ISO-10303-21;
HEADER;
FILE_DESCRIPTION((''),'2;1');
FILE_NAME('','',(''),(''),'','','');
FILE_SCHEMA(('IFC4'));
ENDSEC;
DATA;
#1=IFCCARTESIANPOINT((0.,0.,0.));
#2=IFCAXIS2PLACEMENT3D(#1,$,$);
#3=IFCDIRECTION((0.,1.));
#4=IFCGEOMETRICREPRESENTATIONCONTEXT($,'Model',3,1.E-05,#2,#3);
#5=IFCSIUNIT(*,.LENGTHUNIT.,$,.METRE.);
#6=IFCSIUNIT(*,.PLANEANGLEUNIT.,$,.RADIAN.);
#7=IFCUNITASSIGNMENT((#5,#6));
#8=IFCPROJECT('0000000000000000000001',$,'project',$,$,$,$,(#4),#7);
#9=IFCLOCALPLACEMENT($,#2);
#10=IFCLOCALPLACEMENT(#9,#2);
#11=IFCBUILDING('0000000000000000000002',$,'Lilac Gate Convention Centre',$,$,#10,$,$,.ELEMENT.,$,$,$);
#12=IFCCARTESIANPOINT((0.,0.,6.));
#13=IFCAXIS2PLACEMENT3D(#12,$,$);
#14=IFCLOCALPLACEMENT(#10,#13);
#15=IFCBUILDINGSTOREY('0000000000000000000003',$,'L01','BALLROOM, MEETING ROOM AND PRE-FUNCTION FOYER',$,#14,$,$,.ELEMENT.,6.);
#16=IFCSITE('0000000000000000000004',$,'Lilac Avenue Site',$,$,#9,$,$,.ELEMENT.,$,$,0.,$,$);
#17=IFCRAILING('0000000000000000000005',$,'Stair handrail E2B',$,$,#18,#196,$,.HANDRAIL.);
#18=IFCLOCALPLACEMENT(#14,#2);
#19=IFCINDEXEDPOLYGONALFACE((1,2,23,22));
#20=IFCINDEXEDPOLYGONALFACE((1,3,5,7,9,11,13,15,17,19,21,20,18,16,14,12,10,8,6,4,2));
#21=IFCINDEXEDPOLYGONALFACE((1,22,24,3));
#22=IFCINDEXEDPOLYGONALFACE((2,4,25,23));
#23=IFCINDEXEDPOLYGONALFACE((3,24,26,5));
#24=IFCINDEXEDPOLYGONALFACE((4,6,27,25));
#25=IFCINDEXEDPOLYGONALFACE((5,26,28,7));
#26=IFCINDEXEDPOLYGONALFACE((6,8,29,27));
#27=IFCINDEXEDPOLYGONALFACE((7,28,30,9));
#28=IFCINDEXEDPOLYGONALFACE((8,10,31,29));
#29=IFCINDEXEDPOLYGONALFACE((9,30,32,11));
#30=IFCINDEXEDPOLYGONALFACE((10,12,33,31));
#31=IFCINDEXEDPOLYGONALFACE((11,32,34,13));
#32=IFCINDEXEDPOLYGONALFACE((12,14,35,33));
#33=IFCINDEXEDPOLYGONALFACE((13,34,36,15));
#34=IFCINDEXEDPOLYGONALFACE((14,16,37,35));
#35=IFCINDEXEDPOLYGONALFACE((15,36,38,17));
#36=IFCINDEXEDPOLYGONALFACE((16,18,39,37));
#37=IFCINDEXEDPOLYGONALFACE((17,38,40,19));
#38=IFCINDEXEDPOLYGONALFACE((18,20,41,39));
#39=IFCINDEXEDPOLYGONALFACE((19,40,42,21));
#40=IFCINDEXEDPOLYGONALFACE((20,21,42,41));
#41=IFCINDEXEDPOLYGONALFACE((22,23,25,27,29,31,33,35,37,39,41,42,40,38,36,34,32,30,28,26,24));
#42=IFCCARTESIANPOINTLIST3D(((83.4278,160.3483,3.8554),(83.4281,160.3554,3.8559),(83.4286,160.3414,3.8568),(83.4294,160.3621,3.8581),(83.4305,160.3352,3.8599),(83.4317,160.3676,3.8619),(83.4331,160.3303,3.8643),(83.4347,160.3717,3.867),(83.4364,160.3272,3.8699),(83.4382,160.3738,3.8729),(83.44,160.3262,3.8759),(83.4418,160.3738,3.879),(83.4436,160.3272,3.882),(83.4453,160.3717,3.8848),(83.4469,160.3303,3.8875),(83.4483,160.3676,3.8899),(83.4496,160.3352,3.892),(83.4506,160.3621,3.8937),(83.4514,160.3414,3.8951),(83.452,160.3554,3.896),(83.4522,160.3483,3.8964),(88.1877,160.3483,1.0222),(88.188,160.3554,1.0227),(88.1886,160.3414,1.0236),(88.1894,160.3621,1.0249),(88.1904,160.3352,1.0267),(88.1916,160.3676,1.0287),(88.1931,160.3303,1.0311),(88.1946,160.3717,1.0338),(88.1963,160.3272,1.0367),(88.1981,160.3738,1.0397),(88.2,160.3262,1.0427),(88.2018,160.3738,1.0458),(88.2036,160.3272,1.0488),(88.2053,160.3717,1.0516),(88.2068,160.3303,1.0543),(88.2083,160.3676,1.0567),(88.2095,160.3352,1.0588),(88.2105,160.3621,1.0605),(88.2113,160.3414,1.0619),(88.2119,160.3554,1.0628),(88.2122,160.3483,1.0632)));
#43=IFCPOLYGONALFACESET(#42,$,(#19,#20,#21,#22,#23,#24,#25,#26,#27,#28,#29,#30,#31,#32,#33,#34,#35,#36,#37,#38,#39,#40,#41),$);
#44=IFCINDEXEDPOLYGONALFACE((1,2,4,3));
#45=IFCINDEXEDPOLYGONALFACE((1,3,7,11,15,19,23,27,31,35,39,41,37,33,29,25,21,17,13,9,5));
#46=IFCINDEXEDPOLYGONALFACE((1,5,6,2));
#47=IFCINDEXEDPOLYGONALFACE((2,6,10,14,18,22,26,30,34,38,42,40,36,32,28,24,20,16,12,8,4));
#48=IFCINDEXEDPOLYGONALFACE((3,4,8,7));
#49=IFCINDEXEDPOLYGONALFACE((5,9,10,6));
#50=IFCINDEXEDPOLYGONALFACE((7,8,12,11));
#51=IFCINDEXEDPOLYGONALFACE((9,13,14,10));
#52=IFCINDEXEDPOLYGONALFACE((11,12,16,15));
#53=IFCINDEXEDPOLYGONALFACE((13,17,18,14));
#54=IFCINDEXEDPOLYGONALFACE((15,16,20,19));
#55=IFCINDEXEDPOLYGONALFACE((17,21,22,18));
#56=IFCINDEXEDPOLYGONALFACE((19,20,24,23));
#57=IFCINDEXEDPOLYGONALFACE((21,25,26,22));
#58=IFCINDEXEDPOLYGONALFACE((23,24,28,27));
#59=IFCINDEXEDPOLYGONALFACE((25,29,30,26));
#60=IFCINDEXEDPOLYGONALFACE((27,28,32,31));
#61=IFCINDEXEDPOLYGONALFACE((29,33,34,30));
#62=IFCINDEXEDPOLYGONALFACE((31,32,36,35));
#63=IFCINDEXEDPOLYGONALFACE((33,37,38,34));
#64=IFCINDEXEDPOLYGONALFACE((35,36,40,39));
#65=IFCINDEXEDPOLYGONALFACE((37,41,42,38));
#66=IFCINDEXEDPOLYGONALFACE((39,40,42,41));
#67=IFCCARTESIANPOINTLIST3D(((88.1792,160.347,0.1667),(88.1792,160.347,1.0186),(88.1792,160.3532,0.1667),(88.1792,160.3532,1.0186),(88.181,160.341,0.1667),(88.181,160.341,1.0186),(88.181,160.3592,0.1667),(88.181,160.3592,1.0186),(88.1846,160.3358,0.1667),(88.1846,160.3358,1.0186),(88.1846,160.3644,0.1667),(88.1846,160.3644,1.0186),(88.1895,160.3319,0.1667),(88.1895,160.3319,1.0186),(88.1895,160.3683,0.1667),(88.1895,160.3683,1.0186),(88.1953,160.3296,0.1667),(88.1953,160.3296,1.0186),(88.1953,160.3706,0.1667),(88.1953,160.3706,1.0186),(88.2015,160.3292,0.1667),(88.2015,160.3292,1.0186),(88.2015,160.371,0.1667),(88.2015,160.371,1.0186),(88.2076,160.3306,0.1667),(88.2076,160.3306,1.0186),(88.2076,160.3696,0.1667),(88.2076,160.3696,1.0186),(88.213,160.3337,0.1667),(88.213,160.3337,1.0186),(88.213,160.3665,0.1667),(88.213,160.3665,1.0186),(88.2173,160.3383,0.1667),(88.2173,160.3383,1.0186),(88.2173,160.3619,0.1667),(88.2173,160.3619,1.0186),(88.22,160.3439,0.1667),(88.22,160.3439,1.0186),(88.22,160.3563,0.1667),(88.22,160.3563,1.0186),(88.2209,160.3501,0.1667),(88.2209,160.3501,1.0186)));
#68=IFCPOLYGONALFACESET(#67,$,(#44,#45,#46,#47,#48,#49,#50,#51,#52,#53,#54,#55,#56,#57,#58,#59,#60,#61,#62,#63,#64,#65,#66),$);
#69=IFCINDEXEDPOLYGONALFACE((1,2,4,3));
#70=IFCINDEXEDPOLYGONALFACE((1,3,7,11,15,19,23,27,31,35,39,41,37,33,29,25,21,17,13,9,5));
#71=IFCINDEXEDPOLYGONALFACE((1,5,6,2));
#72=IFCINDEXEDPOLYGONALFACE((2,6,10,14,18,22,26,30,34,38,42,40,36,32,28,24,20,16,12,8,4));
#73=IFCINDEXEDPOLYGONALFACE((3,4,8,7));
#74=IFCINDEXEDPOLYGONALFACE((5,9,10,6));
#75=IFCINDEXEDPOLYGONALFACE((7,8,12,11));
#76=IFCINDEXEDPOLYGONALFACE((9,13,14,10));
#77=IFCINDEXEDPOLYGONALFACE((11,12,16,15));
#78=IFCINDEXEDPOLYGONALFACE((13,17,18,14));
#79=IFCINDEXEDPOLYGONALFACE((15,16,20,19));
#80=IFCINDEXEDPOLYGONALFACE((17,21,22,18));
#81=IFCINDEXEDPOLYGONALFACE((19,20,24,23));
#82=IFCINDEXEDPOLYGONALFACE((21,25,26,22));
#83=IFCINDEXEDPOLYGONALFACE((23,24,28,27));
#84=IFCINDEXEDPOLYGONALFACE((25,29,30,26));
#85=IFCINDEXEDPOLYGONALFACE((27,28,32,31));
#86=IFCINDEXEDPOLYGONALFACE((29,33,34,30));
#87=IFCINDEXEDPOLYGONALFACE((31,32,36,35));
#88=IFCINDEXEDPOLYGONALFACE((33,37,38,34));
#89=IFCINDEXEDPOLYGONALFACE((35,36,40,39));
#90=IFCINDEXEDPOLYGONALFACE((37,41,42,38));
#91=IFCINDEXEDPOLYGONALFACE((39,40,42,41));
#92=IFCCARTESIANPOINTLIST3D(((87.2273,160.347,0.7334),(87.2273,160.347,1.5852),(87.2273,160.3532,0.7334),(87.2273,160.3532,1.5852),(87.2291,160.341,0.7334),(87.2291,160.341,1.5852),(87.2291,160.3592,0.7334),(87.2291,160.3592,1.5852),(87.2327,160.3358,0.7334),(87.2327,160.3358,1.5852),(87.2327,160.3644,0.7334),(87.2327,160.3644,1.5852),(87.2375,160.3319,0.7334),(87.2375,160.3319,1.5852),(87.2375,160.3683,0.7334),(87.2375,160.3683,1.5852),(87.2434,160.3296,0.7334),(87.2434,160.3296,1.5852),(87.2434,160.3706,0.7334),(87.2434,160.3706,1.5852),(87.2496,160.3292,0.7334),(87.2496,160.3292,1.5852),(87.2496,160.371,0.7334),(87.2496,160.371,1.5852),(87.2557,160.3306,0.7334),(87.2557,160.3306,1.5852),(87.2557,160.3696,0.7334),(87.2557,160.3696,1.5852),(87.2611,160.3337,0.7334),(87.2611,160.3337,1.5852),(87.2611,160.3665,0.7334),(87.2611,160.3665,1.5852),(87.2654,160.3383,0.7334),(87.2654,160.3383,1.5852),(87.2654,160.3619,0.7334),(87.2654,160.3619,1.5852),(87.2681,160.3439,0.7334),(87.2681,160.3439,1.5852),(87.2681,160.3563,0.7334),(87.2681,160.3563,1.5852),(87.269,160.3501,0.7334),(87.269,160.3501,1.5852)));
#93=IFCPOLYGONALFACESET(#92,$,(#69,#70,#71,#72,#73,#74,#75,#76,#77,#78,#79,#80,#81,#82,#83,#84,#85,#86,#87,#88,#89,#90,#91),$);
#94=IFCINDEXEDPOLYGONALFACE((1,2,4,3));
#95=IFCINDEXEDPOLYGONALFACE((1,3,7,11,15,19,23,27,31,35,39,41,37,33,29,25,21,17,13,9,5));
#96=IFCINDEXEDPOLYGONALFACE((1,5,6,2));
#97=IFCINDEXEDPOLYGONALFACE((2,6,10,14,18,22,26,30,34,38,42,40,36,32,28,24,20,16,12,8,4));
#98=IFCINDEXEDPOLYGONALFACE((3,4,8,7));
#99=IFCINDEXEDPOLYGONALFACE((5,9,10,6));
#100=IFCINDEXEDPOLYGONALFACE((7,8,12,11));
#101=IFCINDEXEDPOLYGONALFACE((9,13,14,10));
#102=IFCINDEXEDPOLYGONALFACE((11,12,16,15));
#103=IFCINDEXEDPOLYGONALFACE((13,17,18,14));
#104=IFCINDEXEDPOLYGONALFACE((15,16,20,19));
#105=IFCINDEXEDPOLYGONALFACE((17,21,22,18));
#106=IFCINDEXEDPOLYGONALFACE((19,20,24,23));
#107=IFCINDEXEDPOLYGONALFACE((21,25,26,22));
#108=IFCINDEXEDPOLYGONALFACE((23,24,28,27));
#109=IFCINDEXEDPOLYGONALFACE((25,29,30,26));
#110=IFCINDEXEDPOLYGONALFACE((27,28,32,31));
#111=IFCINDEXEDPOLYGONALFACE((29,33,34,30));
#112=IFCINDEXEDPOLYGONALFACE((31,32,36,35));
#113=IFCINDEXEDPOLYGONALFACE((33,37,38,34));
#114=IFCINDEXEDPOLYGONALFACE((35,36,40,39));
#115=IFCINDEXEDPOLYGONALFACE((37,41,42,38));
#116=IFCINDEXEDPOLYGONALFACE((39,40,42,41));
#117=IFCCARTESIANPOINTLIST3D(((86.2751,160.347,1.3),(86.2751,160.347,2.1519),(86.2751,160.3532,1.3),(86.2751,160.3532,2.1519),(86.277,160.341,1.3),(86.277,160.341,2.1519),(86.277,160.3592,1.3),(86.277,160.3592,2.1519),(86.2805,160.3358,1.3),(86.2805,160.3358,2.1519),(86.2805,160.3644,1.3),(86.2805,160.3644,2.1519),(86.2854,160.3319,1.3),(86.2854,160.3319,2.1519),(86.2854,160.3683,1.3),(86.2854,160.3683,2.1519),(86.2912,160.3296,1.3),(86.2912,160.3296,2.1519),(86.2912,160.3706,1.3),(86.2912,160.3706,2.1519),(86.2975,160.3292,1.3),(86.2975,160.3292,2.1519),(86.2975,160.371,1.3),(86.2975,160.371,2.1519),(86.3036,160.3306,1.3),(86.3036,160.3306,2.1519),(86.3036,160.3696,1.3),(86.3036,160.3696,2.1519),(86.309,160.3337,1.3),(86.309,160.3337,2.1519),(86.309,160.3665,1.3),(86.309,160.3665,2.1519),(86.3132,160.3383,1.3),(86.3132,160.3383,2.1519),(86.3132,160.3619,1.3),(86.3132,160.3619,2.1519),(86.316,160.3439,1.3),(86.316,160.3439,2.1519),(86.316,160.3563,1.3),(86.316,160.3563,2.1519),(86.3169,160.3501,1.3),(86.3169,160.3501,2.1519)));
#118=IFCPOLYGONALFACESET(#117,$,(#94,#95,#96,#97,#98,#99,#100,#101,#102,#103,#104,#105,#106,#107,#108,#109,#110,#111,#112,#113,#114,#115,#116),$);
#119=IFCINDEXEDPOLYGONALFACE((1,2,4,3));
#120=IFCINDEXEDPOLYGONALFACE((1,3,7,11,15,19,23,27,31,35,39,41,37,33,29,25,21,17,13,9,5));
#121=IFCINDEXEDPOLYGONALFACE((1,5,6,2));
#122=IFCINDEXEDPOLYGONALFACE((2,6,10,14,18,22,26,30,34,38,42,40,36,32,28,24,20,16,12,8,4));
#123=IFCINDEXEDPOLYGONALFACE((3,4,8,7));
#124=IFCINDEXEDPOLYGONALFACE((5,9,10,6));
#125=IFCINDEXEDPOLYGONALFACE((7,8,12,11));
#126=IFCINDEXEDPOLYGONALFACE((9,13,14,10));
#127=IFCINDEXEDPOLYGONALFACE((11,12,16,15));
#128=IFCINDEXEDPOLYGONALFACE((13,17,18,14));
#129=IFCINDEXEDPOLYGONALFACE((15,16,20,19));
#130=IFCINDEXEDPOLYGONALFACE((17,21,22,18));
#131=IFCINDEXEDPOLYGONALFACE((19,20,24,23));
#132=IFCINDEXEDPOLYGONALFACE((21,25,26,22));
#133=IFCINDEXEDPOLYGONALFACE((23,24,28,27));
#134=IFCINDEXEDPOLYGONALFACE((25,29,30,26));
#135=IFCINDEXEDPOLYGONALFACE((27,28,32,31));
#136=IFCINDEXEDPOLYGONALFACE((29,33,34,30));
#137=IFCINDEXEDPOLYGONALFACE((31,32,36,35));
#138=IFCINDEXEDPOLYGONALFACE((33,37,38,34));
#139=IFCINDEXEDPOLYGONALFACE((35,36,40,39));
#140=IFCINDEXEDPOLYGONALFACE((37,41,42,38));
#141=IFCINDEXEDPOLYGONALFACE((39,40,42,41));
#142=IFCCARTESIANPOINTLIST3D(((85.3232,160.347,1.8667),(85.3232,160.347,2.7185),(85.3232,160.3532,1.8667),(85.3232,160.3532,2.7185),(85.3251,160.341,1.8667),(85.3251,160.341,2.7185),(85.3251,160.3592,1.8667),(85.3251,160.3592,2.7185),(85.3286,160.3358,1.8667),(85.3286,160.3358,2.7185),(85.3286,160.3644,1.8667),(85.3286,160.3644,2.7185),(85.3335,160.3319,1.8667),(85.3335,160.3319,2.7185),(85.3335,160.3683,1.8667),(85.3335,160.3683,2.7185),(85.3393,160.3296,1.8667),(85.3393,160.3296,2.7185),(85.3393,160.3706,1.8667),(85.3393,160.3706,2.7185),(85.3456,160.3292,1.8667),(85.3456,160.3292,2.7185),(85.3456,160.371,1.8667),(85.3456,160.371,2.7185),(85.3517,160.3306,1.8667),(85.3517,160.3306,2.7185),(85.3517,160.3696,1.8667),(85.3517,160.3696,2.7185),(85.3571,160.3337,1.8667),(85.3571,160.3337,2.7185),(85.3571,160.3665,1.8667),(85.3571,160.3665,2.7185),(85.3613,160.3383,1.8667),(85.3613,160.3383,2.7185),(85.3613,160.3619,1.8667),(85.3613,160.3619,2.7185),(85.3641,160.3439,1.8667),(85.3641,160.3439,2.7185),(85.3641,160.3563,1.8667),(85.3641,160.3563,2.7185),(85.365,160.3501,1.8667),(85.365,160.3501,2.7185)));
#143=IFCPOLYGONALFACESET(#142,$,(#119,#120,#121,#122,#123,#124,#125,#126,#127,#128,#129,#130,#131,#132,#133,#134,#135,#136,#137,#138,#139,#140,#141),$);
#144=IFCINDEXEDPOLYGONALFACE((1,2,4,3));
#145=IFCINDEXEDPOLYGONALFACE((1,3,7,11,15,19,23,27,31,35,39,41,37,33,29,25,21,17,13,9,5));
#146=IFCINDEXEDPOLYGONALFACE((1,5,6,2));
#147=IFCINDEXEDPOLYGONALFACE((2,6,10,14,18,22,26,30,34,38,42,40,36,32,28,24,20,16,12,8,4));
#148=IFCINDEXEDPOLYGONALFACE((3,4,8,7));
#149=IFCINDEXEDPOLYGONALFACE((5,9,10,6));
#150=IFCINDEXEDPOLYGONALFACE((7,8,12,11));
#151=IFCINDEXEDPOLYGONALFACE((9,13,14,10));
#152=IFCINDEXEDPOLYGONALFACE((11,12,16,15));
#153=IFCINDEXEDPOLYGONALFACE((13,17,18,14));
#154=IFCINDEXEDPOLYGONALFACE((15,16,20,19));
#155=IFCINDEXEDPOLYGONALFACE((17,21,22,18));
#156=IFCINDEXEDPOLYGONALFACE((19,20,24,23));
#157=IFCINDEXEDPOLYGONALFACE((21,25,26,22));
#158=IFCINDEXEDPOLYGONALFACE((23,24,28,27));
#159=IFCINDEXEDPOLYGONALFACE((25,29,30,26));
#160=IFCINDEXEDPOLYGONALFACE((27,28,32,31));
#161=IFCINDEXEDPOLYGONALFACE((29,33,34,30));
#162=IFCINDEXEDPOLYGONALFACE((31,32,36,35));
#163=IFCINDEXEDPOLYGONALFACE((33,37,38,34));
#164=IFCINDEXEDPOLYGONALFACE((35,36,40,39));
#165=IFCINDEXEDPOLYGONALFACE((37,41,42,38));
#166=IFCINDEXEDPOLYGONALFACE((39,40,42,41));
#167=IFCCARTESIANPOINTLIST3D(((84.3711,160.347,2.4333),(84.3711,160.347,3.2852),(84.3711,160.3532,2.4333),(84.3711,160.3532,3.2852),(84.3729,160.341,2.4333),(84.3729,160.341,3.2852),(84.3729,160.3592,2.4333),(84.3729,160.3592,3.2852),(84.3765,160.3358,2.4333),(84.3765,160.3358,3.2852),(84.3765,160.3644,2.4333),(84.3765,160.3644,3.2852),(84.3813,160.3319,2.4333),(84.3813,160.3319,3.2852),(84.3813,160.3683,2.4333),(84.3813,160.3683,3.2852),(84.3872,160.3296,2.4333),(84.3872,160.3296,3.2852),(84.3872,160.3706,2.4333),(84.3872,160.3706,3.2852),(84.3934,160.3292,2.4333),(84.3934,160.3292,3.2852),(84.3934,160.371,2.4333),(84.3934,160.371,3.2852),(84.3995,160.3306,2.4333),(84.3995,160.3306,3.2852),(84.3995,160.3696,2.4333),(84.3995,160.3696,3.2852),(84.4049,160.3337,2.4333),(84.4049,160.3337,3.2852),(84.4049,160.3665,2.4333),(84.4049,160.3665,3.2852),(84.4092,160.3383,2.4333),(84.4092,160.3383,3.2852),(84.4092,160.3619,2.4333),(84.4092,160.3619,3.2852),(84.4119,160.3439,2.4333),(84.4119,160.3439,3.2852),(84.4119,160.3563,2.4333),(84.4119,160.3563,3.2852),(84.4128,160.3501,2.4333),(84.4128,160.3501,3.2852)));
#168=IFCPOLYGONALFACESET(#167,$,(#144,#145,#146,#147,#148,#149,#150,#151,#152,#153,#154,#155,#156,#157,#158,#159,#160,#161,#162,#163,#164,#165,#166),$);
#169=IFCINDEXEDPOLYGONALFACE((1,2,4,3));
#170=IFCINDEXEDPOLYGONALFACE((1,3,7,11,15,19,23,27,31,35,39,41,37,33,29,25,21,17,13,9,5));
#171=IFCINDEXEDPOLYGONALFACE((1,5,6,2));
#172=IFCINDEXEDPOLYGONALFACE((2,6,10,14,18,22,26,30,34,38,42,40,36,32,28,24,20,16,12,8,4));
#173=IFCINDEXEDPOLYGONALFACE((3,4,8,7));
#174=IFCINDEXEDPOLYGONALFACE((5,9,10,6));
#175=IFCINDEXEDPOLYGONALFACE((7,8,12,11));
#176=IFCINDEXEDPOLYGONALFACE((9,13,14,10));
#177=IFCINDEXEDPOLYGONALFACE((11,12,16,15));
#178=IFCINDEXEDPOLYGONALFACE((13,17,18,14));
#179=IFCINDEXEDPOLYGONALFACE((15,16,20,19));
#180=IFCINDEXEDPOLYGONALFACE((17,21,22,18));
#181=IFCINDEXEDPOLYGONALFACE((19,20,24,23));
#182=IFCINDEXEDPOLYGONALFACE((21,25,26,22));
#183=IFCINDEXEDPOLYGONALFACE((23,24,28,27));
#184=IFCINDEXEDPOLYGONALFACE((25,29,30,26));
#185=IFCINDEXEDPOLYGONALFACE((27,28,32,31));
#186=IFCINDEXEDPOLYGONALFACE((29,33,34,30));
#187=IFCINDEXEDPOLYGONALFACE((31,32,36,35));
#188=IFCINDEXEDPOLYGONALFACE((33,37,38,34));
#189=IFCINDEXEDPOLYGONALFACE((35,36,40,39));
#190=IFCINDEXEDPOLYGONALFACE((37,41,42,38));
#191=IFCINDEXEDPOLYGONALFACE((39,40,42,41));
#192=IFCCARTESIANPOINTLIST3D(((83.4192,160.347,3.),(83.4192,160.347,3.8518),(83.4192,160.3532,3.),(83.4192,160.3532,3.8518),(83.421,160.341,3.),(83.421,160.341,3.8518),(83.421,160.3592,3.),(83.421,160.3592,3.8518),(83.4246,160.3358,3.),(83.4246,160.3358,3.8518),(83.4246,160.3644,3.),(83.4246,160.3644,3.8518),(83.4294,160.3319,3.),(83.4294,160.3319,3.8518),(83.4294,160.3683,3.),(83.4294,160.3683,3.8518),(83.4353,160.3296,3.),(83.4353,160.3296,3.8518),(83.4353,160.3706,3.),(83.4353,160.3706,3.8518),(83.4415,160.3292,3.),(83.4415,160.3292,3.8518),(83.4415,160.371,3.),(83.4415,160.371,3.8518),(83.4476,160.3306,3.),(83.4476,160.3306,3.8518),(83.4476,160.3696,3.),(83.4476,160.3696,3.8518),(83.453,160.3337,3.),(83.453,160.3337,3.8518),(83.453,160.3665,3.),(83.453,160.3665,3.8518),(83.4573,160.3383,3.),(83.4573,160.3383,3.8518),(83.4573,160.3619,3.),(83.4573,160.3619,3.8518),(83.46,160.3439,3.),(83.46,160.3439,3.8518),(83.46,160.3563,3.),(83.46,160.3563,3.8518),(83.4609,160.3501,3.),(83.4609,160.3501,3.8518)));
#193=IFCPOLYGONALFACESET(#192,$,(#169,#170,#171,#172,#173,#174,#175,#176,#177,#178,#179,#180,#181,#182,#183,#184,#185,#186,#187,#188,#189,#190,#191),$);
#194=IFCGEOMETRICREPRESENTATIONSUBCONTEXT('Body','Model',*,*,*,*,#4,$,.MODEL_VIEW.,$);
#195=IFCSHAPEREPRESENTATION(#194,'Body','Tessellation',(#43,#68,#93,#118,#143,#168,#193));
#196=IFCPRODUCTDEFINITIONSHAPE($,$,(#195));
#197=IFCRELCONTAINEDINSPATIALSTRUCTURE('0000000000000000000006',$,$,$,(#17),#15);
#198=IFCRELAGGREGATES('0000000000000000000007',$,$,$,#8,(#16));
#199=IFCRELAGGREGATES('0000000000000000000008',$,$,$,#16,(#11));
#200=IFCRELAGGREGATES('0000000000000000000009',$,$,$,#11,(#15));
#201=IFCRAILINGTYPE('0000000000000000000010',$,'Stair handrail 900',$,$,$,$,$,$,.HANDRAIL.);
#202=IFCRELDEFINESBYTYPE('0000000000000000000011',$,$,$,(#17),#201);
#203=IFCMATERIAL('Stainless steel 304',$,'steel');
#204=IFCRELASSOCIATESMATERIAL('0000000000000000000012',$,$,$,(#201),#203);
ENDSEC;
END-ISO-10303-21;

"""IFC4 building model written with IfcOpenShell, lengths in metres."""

from ifc_helpers import new_model, si_unit, direction, frame, origin, origin_2d, place, context, subcontext, project, spatial, circle, extrude, material, type_object, element, save


model = new_model("IFC4")

# Units and contexts
model_context = context("Model", 3, precision=1e-05, world=origin(), true_north=direction((0.0, 1.0)))
body_context = subcontext(model_context, "Body", "Model", "MODEL_VIEW")
ifc_project = project(units=[si_unit("LENGTHUNIT", "METRE"), si_unit("PLANEANGLEUNIT", "RADIAN")], contexts=[model_context])

# Site, building, storey
site_placement = place(None, origin())
site = spatial("IfcSite", under=ifc_project, at=site_placement, Name="Lilac Avenue Site", CompositionType="ELEMENT", RefElevation=0.0)
building_placement = place(site_placement, origin())
building = spatial("IfcBuilding", under=site, at=building_placement, Name="Lilac Gate Convention Centre", CompositionType="ELEMENT")
storey_placement = place(building_placement, frame((0.0, 0.0, 6.0)))
storey = spatial("IfcBuildingStorey", under=building, at=storey_placement, Name="L01", Description="BALLROOM, MEETING ROOM AND PRE-FUNCTION FOYER", CompositionType="ELEMENT", Elevation=6.0)

# Railing
ifc_material_1 = material(Name="Stainless steel 304", Category="steel")
railing_type = type_object("IfcRailingType", Name="Stair handrail 900", PredefinedType="HANDRAIL", material=ifc_material_1)
for number, where, name in (
    (1, (88.2, 160.3501, 0.1667), "Stair handrail E2B"),
):
    element("IfcRailing", number, at=place(storey_placement, frame(where)), inside=storey, type_object=railing_type, Name=name, PredefinedType="HANDRAIL", context=body_context, shape_type="SweptSolid", body=[
        extrude(circle(Radius=0.0239, at=origin_2d()), frame((0.0, 0.0, 0.876), z_axis=(-0.8593, 0.0, 0.511472), x_axis=(0.0, -1.0, 0.0)), (0.0, 0.0, 1.0), 5.5393),
        extrude(circle(Radius=0.021, at=origin_2d()), origin(), (0.0, 0.0, 1.0), 0.8518),
        extrude(circle(Radius=0.021, at=origin_2d()), frame((-0.9519, 0.0, 0.5667)), (0.0, 0.0, 1.0), 0.8518),
        extrude(circle(Radius=0.021, at=origin_2d()), frame((-1.9041, 0.0, 1.1333)), (0.0, 0.0, 1.0), 0.8518),
        extrude(circle(Radius=0.021, at=origin_2d()), frame((-2.856, 0.0, 1.7)), (0.0, 0.0, 1.0), 0.8518),
        extrude(circle(Radius=0.021, at=origin_2d()), frame((-3.8081, 0.0, 2.2666)), (0.0, 0.0, 1.0), 0.8518),
        extrude(circle(Radius=0.021, at=origin_2d()), frame((-4.76, 0.0, 2.8333)), (0.0, 0.0, 1.0), 0.8518),
    ])

save(model, "model.ifc")
